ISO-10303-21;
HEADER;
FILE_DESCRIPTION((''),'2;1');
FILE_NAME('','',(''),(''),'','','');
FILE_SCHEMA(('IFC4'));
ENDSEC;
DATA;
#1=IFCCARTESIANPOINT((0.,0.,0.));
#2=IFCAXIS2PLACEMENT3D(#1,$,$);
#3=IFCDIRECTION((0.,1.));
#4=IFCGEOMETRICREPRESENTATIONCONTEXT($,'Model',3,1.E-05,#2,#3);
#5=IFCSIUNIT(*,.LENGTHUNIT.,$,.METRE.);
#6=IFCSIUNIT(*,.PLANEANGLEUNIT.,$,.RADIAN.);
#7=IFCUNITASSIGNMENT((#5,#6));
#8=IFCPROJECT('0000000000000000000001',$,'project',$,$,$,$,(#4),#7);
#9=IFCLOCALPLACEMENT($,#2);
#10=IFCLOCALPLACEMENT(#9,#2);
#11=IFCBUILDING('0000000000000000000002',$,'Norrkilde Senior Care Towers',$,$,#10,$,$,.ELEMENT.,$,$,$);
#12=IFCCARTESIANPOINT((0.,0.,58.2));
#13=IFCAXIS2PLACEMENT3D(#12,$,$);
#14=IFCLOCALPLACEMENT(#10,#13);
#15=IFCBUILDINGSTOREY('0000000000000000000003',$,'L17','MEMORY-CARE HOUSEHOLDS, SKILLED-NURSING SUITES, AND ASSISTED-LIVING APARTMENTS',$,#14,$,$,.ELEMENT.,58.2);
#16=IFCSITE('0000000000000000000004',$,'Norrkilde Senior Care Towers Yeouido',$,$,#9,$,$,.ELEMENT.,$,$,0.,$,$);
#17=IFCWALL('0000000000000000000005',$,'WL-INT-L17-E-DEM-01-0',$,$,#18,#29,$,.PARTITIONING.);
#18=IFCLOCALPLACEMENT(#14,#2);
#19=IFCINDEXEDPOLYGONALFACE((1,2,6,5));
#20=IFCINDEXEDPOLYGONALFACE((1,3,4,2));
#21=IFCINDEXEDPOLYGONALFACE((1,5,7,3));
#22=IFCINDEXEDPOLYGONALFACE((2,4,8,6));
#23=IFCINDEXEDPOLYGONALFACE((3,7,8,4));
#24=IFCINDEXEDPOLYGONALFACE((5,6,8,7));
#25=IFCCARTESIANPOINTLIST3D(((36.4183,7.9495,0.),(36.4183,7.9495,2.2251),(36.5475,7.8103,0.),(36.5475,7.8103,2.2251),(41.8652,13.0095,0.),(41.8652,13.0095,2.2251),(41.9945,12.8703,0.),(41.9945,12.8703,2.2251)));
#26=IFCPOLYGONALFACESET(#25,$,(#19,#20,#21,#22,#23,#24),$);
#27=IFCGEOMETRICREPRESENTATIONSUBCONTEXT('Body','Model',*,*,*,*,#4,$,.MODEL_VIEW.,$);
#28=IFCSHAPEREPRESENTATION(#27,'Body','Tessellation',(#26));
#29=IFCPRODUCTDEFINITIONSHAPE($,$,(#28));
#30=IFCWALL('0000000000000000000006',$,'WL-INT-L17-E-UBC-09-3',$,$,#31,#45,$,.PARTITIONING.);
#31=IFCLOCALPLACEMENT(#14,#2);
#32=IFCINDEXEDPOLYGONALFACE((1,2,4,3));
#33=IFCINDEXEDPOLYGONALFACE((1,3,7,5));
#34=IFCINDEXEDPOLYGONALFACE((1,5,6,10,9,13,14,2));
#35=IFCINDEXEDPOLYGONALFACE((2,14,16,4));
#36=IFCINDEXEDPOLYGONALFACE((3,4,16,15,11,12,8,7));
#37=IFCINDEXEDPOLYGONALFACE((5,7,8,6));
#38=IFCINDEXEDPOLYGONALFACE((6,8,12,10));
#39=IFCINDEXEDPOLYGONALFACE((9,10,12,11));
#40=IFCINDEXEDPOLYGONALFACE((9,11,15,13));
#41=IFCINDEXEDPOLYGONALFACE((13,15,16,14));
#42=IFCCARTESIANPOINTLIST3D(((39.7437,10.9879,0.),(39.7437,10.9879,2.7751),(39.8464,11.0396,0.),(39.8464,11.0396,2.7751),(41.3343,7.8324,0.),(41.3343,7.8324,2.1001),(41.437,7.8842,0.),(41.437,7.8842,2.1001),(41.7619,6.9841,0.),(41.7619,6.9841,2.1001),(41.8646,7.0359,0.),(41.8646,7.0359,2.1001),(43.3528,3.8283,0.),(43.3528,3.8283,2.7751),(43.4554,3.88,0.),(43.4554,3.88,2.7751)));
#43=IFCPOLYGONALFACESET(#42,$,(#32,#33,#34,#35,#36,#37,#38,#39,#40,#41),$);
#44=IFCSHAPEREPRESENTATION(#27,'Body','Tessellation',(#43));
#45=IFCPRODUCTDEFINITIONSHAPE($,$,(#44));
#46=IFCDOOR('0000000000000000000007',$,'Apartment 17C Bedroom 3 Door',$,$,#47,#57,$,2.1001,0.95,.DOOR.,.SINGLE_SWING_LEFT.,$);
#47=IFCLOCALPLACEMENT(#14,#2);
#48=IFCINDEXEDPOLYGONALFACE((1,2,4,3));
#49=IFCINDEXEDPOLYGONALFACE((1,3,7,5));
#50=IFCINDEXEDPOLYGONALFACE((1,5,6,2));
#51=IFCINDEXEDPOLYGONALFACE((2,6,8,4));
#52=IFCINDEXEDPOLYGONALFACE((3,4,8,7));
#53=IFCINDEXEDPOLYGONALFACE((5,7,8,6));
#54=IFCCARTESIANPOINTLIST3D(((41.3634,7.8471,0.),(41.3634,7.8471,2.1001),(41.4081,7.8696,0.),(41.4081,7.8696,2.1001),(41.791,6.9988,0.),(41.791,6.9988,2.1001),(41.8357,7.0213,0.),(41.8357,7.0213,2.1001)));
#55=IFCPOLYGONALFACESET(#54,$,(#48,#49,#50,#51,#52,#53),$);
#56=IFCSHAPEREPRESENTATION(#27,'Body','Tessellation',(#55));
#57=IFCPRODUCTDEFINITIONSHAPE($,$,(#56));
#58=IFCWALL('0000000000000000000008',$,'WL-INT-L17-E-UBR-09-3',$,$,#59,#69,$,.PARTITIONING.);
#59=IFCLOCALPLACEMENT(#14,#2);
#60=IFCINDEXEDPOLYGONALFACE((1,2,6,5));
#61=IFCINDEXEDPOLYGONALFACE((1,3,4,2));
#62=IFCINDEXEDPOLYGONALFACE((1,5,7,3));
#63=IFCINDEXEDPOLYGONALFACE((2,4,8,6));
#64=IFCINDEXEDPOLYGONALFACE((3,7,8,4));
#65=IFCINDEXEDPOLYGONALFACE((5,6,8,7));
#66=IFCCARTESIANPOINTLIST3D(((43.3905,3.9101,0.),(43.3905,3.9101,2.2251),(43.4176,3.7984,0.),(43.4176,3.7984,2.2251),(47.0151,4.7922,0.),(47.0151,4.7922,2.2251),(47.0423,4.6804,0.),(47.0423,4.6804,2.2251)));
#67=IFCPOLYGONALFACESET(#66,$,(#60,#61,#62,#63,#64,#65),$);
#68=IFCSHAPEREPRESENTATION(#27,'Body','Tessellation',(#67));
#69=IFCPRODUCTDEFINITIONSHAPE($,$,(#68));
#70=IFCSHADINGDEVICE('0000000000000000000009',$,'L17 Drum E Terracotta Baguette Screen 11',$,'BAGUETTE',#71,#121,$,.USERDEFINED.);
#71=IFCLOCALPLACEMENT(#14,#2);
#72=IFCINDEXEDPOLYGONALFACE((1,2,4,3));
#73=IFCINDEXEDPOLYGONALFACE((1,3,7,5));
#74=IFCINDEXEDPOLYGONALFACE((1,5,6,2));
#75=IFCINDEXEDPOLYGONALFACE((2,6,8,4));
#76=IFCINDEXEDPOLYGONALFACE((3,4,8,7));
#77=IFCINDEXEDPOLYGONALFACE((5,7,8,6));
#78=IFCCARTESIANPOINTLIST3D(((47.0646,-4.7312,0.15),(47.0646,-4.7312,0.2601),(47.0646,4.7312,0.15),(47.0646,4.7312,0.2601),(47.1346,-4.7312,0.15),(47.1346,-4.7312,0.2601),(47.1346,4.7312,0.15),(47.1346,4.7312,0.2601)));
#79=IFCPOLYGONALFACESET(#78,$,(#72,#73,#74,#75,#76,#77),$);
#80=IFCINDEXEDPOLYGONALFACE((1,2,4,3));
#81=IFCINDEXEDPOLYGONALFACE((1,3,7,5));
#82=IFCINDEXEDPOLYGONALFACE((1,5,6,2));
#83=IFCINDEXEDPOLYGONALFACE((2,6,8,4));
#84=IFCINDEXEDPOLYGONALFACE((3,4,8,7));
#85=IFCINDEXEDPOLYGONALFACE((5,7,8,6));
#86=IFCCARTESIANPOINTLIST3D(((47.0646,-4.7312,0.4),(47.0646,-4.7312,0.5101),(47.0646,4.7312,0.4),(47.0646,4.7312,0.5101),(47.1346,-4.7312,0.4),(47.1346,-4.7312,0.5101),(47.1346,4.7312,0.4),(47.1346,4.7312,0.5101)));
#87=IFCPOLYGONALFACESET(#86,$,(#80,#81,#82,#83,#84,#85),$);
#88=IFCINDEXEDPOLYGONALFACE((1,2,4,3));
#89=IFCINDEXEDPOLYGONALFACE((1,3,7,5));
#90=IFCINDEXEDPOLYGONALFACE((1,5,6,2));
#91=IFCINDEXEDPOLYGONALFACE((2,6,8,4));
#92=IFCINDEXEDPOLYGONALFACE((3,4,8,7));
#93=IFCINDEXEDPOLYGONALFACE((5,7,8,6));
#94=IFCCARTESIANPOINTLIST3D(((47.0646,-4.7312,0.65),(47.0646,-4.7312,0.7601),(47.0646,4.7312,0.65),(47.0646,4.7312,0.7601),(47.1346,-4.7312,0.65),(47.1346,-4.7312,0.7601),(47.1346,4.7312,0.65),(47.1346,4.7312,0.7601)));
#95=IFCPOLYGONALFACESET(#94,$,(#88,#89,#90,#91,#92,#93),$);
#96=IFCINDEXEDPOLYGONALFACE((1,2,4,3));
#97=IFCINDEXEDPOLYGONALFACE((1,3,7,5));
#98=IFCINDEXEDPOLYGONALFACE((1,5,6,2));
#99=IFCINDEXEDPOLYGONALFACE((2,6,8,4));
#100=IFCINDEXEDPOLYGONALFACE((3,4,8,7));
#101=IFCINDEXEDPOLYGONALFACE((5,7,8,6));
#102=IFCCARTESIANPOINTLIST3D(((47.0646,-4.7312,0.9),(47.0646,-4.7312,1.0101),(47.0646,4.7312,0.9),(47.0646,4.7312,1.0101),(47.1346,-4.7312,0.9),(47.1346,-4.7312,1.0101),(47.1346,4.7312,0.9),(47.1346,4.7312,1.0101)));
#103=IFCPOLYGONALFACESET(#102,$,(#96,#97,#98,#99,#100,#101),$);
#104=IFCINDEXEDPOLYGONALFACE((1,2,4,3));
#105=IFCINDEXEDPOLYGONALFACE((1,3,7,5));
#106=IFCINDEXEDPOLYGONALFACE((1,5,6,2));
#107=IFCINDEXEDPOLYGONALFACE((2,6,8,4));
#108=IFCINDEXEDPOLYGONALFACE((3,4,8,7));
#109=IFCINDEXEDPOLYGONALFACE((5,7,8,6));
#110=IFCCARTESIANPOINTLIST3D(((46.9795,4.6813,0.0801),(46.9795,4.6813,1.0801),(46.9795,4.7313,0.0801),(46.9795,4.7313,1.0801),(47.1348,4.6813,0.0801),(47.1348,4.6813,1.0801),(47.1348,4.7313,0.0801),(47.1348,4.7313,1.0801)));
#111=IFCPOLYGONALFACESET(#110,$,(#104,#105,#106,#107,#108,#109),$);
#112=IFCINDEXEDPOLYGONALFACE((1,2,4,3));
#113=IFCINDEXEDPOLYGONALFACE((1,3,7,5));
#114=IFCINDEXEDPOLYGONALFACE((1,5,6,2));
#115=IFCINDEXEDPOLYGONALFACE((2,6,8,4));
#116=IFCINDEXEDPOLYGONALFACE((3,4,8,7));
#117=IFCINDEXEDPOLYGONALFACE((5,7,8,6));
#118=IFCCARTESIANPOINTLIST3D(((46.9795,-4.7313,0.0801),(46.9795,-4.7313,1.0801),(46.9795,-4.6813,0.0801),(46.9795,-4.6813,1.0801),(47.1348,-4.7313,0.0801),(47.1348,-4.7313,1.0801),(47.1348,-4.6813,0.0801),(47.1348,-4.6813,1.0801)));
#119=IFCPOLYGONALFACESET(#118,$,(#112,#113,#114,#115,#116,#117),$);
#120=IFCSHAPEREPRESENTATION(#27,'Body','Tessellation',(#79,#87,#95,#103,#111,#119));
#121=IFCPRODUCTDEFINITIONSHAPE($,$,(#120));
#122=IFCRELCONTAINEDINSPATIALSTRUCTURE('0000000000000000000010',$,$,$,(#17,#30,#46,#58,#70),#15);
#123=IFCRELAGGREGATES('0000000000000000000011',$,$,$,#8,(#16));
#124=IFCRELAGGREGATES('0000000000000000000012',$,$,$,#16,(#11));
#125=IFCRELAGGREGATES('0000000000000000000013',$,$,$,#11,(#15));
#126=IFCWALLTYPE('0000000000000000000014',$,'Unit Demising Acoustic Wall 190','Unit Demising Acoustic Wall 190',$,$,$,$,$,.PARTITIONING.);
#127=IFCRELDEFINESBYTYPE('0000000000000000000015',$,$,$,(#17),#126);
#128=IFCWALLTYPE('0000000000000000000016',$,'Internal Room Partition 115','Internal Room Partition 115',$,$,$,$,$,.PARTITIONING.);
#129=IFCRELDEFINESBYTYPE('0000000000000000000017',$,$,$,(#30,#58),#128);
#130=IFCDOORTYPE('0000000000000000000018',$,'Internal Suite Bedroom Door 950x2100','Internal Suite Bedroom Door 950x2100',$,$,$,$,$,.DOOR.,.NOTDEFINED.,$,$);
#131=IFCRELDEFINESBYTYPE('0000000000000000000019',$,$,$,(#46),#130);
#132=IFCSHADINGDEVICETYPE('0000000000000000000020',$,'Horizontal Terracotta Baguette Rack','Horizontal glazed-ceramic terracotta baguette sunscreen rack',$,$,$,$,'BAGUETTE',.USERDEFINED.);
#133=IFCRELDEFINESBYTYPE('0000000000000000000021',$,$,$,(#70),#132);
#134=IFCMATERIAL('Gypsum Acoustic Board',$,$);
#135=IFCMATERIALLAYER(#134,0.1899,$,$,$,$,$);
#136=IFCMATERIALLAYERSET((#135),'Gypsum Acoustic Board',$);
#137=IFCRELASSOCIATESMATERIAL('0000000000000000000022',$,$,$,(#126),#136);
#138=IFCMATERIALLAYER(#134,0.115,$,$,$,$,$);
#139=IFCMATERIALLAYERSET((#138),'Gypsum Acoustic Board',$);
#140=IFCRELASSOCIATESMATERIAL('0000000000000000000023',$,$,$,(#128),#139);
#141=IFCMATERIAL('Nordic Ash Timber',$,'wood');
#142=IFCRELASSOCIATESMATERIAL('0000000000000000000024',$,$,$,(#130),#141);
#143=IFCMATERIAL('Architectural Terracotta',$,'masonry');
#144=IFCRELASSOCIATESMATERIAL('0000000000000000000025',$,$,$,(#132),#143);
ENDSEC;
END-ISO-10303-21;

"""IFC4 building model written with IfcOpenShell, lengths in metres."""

from ifc_helpers import new_model, si_unit, direction, frame, frame_2d, origin, origin_2d, place, context, subcontext, project, spatial, rectangle, extrude, source, transform, mapped, material, layer, layer_set, type_object, type_shapes, element, fill, save


model = new_model("IFC4")

# Units and contexts
model_context = context("Model", 3, precision=1e-05, world=origin(), true_north=direction((0.0, 1.0)))
body_context = subcontext(model_context, "Body", "Model", "MODEL_VIEW")
ifc_project = project(units=[si_unit("LENGTHUNIT", "METRE"), si_unit("PLANEANGLEUNIT", "RADIAN")], contexts=[model_context])

# Site, building, storey
site_placement = place(None, origin())
site = spatial("IfcSite", under=ifc_project, at=site_placement, Name="Norrkilde Senior Care Towers Yeouido", CompositionType="ELEMENT", RefElevation=0.0)
building_placement = place(site_placement, origin())
building = spatial("IfcBuilding", under=site, at=building_placement, Name="Norrkilde Senior Care Towers", CompositionType="ELEMENT")
storey_placement = place(building_placement, frame((0.0, 0.0, 58.2)))
storey = spatial("IfcBuildingStorey", under=building, at=storey_placement, Name="L17", Description="MEMORY-CARE HOUSEHOLDS, SKILLED-NURSING SUITES, AND ASSISTED-LIVING APARTMENTS", CompositionType="ELEMENT", Elevation=58.2)

# Shared definitions
ifc_material_1 = material(Name="Gypsum Acoustic Board")
ifc_material_2 = material(Name="Nordic Ash Timber", Category="wood")

# Wall
ifc_layer_1 = layer(ifc_material_1, 0.1899)
ifc_layer_set_1 = layer_set([ifc_layer_1], Name="Gypsum Acoustic Board")
wall_type_1 = type_object("IfcWallType", Name="Unit Demising Acoustic Wall 190", Description="Unit Demising Acoustic Wall 190", PredefinedType="PARTITIONING", material=ifc_layer_set_1)
shared_shape_1 = source(origin(), body_context, "Body", "SweptSolid", [
    extrude(rectangle(XDim=7.4346, YDim=0.1899, at=frame_2d((3.7173, 0.0))), origin(), (0.0, 0.0, 1.0), 2.2251),
])
type_shapes(wall_type_1, [shared_shape_1])
wall_1_placement = place(storey_placement, frame((36.4829, 7.8799, 0.0), z_axis=(0.0, 0.0, 1.0), x_axis=(0.732652, 0.680603, 0.0)))
element("IfcWall", 1, at=wall_1_placement, inside=storey, type_object=wall_type_1, Name="WL-INT-L17-E-DEM-01-0", PredefinedType="PARTITIONING", context=body_context, shape_type="MappedRepresentation", body=[
    mapped(shared_shape_1, transform((0.0, 0.0, 0.0), x_axis=(1.0, 0.0, 0.0), y_axis=(0.0, 1.0, 0.0), z_axis=(0.0, 0.0, 1.0), scale=1.0)),
])

# Wall, opening, door
ifc_layer_2 = layer(ifc_material_1, 0.115)
ifc_layer_set_2 = layer_set([ifc_layer_2], Name="Gypsum Acoustic Board")
wall_type_2 = type_object("IfcWallType", Name="Internal Room Partition 115", Description="Internal Room Partition 115", PredefinedType="PARTITIONING", material=ifc_layer_set_2)
shared_shape_2 = source(origin(), body_context, "Body", "SweptSolid", [
    extrude(rectangle(XDim=8.0178, YDim=0.115, at=frame_2d((4.0088, 0.0))), origin(), (0.0, 0.0, 1.0), 2.7751),
])
wall_2_placement = place(storey_placement, frame((43.4041, 3.8542, 0.0), z_axis=(0.0, 0.0, 1.0), x_axis=(-0.450134, 0.892961, 0.0)))
wall_2 = element("IfcWall", 2, at=wall_2_placement, inside=storey, type_object=wall_type_2, Name="WL-INT-L17-E-UBC-09-3", PredefinedType="PARTITIONING", context=body_context, shape_type="MappedRepresentation", body=[
    mapped(shared_shape_2, transform((0.0, 0.0, 0.0), x_axis=(1.0, 0.0, 0.0), y_axis=(0.0, 1.0, 0.0), z_axis=(0.0, 0.0, 1.0), scale=1.0)),
])
opening_1_placement = place(wall_2_placement, frame((3.5339, 0.0, 0.0)))
opening_1 = element("IfcOpeningElement", 3, at=opening_1_placement, cuts=wall_2, PredefinedType="OPENING", context=body_context, shape_type="SweptSolid", body=[
    extrude(rectangle(XDim=0.95, YDim=2.1001, at=frame_2d((0.4751, 1.05))), frame((0.0, 0.0674, 0.0), z_axis=(0.0, -1.0, 0.0), x_axis=(1.0, 0.0, 0.0)), (0.0, 0.0, 1.0), 0.135),
])
door_type_1 = type_object("IfcDoorType", Name="Internal Suite Bedroom Door 950x2100", Description="Internal Suite Bedroom Door 950x2100", OperationType="NOTDEFINED", PredefinedType="DOOR", material=ifc_material_2)
shared_shape_3 = source(origin(), body_context, "Body", "SweptSolid", [
    extrude(rectangle(XDim=0.95, YDim=2.1001, at=frame_2d((0.4751, 1.05))), frame((0.0, 0.0249, 0.0), z_axis=(0.0, -1.0, 0.0), x_axis=(1.0, 0.0, 0.0)), (0.0, 0.0, 1.0), 0.05),
])
type_shapes(door_type_1, [shared_shape_3])
door_1_placement = place(opening_1_placement, origin())
door_1 = element("IfcDoor", 4, at=door_1_placement, inside=storey, type_object=door_type_1, Name="Apartment 17C Bedroom 3 Door", OperationType="SINGLE_SWING_LEFT", OverallHeight=2.1001, OverallWidth=0.95, PredefinedType="DOOR", context=body_context, shape_type="MappedRepresentation", body=[
    mapped(shared_shape_3, transform((0.0, 0.0, 0.0), x_axis=(1.0, 0.0, 0.0), y_axis=(0.0, 1.0, 0.0), z_axis=(0.0, 0.0, 1.0), scale=1.0)),
])
fill(opening_1, door_1)

# Wall
shared_shape_4 = source(origin(), body_context, "Body", "SweptSolid", [
    extrude(rectangle(XDim=3.7305, YDim=0.115, at=frame_2d((1.8652, 0.0))), origin(), (0.0, 0.0, 1.0), 2.2251),
])
type_shapes(wall_type_2, [shared_shape_2, shared_shape_4])
wall_3_placement = place(storey_placement, frame((43.4041, 3.8542, 0.0), z_axis=(0.0, 0.0, 1.0), x_axis=(0.971644, 0.236448, 0.0)))
element("IfcWall", 5, at=wall_3_placement, inside=storey, type_object=wall_type_2, Name="WL-INT-L17-E-UBR-09-3", PredefinedType="PARTITIONING", context=body_context, shape_type="MappedRepresentation", body=[
    mapped(shared_shape_4, transform((0.0, 0.0, 0.0), x_axis=(1.0, 0.0, 0.0), y_axis=(0.0, 1.0, 0.0), z_axis=(0.0, 0.0, 1.0), scale=1.0)),
])

# Shading device
ifc_material_3 = material(Name="Architectural Terracotta", Category="masonry")
shading_device_type = type_object("IfcShadingDeviceType", Name="Horizontal Terracotta Baguette Rack", Description="Horizontal glazed-ceramic terracotta baguette sunscreen rack", ElementType="BAGUETTE", PredefinedType="USERDEFINED", material=ifc_material_3)
shared_shape_5 = source(origin(), body_context, "Body", "SweptSolid", [
    extrude(rectangle(XDim=0.0701, YDim=0.1101, at=origin_2d()), frame((0.0, 0.0901, 0.125), z_axis=(1.0, 0.0, 0.0), x_axis=(0.0, 1.0, 0.0)), (0.0, 0.0, 1.0), 9.4624),
    extrude(rectangle(XDim=0.0701, YDim=0.1101, at=origin_2d()), frame((0.0, 0.0901, 0.375), z_axis=(1.0, 0.0, 0.0), x_axis=(0.0, 1.0, 0.0)), (0.0, 0.0, 1.0), 9.4624),
    extrude(rectangle(XDim=0.0701, YDim=0.1101, at=origin_2d()), frame((0.0, 0.0901, 0.625), z_axis=(1.0, 0.0, 0.0), x_axis=(0.0, 1.0, 0.0)), (0.0, 0.0, 1.0), 9.4624),
    extrude(rectangle(XDim=0.0701, YDim=0.1101, at=origin_2d()), frame((0.0, 0.0901, 0.875), z_axis=(1.0, 0.0, 0.0), x_axis=(0.0, 1.0, 0.0)), (0.0, 0.0, 1.0), 9.4624),
    extrude(rectangle(XDim=0.05, YDim=0.1553, at=origin_2d()), frame((0.0249, 0.0476, 0.0)), (0.0, 0.0, 1.0), 1.0),
    extrude(rectangle(XDim=0.05, YDim=0.1553, at=origin_2d()), frame((9.4375, 0.0476, 0.0)), (0.0, 0.0, 1.0), 1.0),
])
type_shapes(shading_device_type, [shared_shape_5])
shading_device_placement = place(storey_placement, frame((47.0095, 4.7312, 0.0801), z_axis=(0.0, 0.0, 1.0), x_axis=(0.0, -1.0, 0.0)))
element("IfcShadingDevice", 6, at=shading_device_placement, inside=storey, type_object=shading_device_type, Name="L17 Drum E Terracotta Baguette Screen 11", ObjectType="BAGUETTE", PredefinedType="USERDEFINED", context=body_context, shape_type="MappedRepresentation", body=[
    mapped(shared_shape_5, transform((0.0, 0.0, 0.0), x_axis=(1.0, 0.0, 0.0), y_axis=(0.0, 1.0, 0.0), z_axis=(0.0, 0.0, 1.0), scale=1.0)),
])

save(model, "model.ifc")
